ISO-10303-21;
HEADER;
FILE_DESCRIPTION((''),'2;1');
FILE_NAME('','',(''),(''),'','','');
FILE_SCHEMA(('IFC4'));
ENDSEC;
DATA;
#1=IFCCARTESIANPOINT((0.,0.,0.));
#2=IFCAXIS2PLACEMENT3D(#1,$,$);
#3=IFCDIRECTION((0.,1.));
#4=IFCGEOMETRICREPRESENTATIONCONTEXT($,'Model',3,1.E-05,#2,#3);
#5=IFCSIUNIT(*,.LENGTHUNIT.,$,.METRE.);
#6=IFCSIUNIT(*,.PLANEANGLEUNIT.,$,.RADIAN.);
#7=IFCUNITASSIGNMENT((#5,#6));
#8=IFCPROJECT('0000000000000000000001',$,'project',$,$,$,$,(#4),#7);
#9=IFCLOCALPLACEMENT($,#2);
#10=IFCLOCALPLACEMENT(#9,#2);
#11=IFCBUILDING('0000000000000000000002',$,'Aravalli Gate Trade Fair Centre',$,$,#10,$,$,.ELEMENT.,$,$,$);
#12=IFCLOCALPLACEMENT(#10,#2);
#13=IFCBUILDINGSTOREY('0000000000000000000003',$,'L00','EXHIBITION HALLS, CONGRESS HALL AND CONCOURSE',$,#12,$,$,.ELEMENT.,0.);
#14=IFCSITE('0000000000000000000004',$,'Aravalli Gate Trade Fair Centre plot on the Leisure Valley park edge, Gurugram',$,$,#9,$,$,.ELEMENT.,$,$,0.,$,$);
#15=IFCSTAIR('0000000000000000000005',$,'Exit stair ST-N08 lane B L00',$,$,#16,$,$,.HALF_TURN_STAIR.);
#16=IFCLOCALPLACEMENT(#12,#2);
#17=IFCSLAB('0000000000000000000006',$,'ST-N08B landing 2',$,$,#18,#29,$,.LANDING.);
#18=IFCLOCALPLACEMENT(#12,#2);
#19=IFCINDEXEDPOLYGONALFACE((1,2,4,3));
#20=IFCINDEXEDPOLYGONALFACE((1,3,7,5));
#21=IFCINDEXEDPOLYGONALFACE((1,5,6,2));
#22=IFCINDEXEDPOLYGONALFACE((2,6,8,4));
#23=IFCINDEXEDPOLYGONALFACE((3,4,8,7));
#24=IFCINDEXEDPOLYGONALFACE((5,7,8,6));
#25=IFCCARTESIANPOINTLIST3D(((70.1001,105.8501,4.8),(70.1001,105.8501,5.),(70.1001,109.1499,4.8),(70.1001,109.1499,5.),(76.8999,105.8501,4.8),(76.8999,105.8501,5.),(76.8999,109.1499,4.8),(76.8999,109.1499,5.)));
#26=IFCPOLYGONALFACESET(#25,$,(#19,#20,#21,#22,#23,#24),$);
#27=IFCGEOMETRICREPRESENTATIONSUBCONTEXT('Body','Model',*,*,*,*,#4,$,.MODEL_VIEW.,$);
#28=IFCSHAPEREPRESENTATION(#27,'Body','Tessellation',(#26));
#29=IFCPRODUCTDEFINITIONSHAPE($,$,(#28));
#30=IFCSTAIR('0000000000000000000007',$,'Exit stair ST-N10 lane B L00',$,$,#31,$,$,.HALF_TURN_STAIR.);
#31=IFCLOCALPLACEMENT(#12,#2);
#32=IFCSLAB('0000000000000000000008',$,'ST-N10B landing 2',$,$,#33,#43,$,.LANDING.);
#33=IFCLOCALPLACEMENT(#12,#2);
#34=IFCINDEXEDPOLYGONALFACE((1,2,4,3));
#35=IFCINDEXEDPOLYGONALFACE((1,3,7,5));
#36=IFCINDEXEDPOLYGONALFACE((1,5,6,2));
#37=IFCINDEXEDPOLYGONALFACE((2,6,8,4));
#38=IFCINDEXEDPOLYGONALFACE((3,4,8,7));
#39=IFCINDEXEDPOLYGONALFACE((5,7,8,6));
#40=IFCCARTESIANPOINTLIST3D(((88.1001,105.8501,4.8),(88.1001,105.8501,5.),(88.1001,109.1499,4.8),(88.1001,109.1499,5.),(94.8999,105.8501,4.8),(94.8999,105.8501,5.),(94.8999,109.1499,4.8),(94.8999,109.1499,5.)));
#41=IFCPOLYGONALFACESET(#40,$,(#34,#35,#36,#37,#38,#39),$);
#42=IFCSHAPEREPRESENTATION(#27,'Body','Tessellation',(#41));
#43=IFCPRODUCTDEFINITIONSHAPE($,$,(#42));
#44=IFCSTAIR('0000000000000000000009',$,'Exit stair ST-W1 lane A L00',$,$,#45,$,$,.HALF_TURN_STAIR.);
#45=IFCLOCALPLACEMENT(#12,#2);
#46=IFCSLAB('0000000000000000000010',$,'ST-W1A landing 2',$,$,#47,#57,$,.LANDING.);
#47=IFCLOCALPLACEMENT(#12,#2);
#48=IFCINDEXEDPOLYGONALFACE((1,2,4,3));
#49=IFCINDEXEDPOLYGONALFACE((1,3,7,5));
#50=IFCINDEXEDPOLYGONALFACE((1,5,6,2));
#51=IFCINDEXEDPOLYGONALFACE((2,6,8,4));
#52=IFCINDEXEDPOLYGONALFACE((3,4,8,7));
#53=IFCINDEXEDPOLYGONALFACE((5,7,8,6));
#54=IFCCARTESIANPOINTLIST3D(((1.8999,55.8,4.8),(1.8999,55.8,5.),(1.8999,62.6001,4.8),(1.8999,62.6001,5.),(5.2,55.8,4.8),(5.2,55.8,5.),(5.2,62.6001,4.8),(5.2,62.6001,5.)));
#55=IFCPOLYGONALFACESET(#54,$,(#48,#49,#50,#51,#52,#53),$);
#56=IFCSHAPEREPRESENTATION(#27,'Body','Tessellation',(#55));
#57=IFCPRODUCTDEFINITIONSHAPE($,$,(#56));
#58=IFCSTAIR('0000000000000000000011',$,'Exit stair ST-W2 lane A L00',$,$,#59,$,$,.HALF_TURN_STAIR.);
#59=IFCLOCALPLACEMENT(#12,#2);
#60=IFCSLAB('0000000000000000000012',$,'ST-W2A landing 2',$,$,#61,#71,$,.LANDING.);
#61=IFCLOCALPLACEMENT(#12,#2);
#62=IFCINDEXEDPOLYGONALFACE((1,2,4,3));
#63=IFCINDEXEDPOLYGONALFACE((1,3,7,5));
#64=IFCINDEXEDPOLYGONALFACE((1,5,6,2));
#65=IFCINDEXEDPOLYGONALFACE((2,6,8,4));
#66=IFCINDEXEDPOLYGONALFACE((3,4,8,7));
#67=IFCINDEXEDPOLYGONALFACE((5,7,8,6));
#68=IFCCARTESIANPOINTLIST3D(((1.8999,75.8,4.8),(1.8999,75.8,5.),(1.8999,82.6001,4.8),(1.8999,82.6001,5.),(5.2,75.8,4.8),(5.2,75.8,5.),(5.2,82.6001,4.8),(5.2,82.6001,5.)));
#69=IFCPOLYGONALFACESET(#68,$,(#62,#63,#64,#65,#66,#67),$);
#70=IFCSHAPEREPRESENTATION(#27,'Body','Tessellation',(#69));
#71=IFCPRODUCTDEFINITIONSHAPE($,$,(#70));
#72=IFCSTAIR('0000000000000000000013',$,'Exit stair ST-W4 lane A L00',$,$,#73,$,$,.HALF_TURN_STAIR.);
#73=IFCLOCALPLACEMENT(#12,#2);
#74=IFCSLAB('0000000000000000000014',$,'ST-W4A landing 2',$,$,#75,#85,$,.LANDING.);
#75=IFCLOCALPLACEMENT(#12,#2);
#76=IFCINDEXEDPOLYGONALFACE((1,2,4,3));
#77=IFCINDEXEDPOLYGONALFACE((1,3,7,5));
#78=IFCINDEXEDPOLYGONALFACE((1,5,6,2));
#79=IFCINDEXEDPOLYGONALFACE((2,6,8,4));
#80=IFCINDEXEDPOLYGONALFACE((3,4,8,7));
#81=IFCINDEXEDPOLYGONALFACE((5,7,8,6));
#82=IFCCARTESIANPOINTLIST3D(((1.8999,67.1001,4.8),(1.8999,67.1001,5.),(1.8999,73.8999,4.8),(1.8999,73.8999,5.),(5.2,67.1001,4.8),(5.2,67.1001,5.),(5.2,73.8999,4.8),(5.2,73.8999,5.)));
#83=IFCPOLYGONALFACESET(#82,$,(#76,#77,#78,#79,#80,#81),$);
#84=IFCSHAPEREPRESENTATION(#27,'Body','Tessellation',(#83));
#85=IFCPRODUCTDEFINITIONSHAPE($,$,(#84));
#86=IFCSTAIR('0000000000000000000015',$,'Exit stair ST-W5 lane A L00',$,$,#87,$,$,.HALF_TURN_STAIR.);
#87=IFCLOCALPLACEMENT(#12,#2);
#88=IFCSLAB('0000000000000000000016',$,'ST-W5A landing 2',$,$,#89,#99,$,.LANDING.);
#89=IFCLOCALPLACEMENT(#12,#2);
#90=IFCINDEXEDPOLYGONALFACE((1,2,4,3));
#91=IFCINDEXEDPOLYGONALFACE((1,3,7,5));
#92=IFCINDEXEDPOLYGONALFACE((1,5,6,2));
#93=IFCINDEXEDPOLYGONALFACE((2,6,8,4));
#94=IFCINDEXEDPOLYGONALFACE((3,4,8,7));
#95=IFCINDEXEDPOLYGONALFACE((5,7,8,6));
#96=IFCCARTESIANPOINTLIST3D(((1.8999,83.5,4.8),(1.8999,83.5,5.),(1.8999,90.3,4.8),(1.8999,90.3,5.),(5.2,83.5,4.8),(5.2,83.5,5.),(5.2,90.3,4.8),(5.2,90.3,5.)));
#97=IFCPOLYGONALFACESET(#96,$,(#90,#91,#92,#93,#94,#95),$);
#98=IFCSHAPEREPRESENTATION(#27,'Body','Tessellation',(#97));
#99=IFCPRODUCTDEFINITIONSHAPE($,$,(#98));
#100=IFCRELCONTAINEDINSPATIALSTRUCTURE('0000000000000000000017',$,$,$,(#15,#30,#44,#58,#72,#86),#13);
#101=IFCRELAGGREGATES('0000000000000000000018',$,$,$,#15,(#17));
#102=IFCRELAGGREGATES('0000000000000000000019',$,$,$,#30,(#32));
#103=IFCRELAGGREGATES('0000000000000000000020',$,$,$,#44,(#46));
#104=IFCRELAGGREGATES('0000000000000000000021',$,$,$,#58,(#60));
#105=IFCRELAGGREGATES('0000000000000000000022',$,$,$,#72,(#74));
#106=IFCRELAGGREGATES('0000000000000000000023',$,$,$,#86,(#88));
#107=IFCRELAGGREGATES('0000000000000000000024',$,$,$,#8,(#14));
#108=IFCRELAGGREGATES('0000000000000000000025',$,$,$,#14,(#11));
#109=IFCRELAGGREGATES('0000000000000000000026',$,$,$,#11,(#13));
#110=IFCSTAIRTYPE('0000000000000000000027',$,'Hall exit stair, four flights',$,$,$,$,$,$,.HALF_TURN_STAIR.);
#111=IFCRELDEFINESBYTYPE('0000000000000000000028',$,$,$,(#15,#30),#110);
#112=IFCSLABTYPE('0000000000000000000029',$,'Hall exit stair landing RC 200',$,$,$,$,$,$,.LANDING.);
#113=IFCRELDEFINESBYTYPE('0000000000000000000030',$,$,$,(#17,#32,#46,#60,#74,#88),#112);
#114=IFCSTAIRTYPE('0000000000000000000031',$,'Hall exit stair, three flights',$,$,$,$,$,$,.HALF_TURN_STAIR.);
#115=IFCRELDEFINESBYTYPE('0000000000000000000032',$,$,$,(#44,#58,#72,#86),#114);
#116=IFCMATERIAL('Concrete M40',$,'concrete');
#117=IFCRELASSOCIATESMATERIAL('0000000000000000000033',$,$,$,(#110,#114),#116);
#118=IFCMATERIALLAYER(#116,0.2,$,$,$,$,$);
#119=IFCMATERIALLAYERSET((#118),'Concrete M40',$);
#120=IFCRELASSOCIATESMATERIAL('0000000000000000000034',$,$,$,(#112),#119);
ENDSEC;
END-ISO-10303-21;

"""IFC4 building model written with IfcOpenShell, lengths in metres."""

from ifc_helpers import new_model, si_unit, direction, frame, origin, place, context, subcontext, project, spatial, polyline, outline, extrude, material, layer, layer_set, type_object, element, aggregate, save


model = new_model("IFC4")

# Units and contexts
model_context = context("Model", 3, precision=1e-05, world=origin(), true_north=direction((0.0, 1.0)))
body_context = subcontext(model_context, "Body", "Model", "MODEL_VIEW")
ifc_project = project(units=[si_unit("LENGTHUNIT", "METRE"), si_unit("PLANEANGLEUNIT", "RADIAN")], contexts=[model_context])

# Site, building, storey
site_placement = place(None, origin())
site = spatial("IfcSite", under=ifc_project, at=site_placement, Name="Aravalli Gate Trade Fair Centre plot on the Leisure Valley park edge, Gurugram", CompositionType="ELEMENT", RefElevation=0.0)
building_placement = place(site_placement, origin())
building = spatial("IfcBuilding", under=site, at=building_placement, Name="Aravalli Gate Trade Fair Centre", CompositionType="ELEMENT")
storey_placement = place(building_placement, origin())
storey = spatial("IfcBuildingStorey", under=building, at=storey_placement, Name="L00", Description="EXHIBITION HALLS, CONGRESS HALL AND CONCOURSE", CompositionType="ELEMENT", Elevation=0.0)

# Stairs, slabs
ifc_material_1 = material(Name="Concrete M40", Category="concrete")
stair_type_1 = type_object("IfcStairType", Name="Hall exit stair, four flights", PredefinedType="HALF_TURN_STAIR", material=ifc_material_1)
ifc_layer_1 = layer(ifc_material_1, 0.2)
ifc_layer_set_1 = layer_set([ifc_layer_1], Name="Concrete M40")
slab_type_1 = type_object("IfcSlabType", Name="Hall exit stair landing RC 200", PredefinedType="LANDING", material=ifc_layer_set_1)
stair_1_placement = place(storey_placement, origin())
stair_1 = element("IfcStair", 1, at=stair_1_placement, inside=storey, type_object=stair_type_1, Name="Exit stair ST-N08 lane B L00", PredefinedType="HALF_TURN_STAIR")
slab_1_placement = place(storey_placement, frame((0.0, 0.0, 4.8)))
slab_1 = element("IfcSlab", 2, at=slab_1_placement, type_object=slab_type_1, Name="ST-N08B landing 2", PredefinedType="LANDING", context=body_context, shape_type="SweptSolid", body=[
    extrude(outline(polyline([(70.1001, 109.1499), (76.8999, 109.1499), (76.8999, 105.8501), (70.1001, 105.8501), (70.1001, 109.1499)])), origin(), (0.0, 0.0, 1.0), 0.2),
])
aggregate(stair_1, [slab_1])
stair_2_placement = place(storey_placement, origin())
stair_2 = element("IfcStair", 3, at=stair_2_placement, inside=storey, type_object=stair_type_1, Name="Exit stair ST-N10 lane B L00", PredefinedType="HALF_TURN_STAIR")
slab_2_placement = place(storey_placement, frame((0.0, 0.0, 4.8)))
slab_2 = element("IfcSlab", 4, at=slab_2_placement, type_object=slab_type_1, Name="ST-N10B landing 2", PredefinedType="LANDING", context=body_context, shape_type="SweptSolid", body=[
    extrude(outline(polyline([(88.1001, 109.1499), (94.8999, 109.1499), (94.8999, 105.8501), (88.1001, 105.8501), (88.1001, 109.1499)])), origin(), (0.0, 0.0, 1.0), 0.2),
])
aggregate(stair_2, [slab_2])
stair_type_2 = type_object("IfcStairType", Name="Hall exit stair, three flights", PredefinedType="HALF_TURN_STAIR", material=ifc_material_1)
stair_3_placement = place(storey_placement, origin())
stair_3 = element("IfcStair", 5, at=stair_3_placement, inside=storey, type_object=stair_type_2, Name="Exit stair ST-W1 lane A L00", PredefinedType="HALF_TURN_STAIR")
slab_3_placement = place(storey_placement, frame((0.0, 0.0, 4.8)))
slab_3 = element("IfcSlab", 6, at=slab_3_placement, type_object=slab_type_1, Name="ST-W1A landing 2", PredefinedType="LANDING", context=body_context, shape_type="SweptSolid", body=[
    extrude(outline(polyline([(5.2, 55.8), (5.2, 62.6001), (1.8999, 62.6001), (1.8999, 55.8), (5.2, 55.8)])), origin(), (0.0, 0.0, 1.0), 0.2),
])
aggregate(stair_3, [slab_3])
stair_4_placement = place(storey_placement, origin())
stair_4 = element("IfcStair", 7, at=stair_4_placement, inside=storey, type_object=stair_type_2, Name="Exit stair ST-W2 lane A L00", PredefinedType="HALF_TURN_STAIR")
slab_4_placement = place(storey_placement, frame((0.0, 0.0, 4.8)))
slab_4 = element("IfcSlab", 8, at=slab_4_placement, type_object=slab_type_1, Name="ST-W2A landing 2", PredefinedType="LANDING", context=body_context, shape_type="SweptSolid", body=[
    extrude(outline(polyline([(5.2, 75.8), (5.2, 82.6001), (1.8999, 82.6001), (1.8999, 75.8), (5.2, 75.8)])), origin(), (0.0, 0.0, 1.0), 0.2),
])
aggregate(stair_4, [slab_4])
stair_5_placement = place(storey_placement, origin())
stair_5 = element("IfcStair", 9, at=stair_5_placement, inside=storey, type_object=stair_type_2, Name="Exit stair ST-W4 lane A L00", PredefinedType="HALF_TURN_STAIR")
slab_5_placement = place(storey_placement, frame((0.0, 0.0, 4.8)))
slab_5 = element("IfcSlab", 10, at=slab_5_placement, type_object=slab_type_1, Name="ST-W4A landing 2", PredefinedType="LANDING", context=body_context, shape_type="SweptSolid", body=[
    extrude(outline(polyline([(5.2, 67.1001), (5.2, 73.8999), (1.8999, 73.8999), (1.8999, 67.1001), (5.2, 67.1001)])), origin(), (0.0, 0.0, 1.0), 0.2),
])
aggregate(stair_5, [slab_5])
stair_6_placement = place(storey_placement, origin())
stair_6 = element("IfcStair", 11, at=stair_6_placement, inside=storey, type_object=stair_type_2, Name="Exit stair ST-W5 lane A L00", PredefinedType="HALF_TURN_STAIR")
slab_6_placement = place(storey_placement, frame((0.0, 0.0, 4.8)))
slab_6 = element("IfcSlab", 12, at=slab_6_placement, type_object=slab_type_1, Name="ST-W5A landing 2", PredefinedType="LANDING", context=body_context, shape_type="SweptSolid", body=[
    extrude(outline(polyline([(5.2, 83.5), (5.2, 90.3), (1.8999, 90.3), (1.8999, 83.5), (5.2, 83.5)])), origin(), (0.0, 0.0, 1.0), 0.2),
])
aggregate(stair_6, [slab_6])

save(model, "model.ifc")
